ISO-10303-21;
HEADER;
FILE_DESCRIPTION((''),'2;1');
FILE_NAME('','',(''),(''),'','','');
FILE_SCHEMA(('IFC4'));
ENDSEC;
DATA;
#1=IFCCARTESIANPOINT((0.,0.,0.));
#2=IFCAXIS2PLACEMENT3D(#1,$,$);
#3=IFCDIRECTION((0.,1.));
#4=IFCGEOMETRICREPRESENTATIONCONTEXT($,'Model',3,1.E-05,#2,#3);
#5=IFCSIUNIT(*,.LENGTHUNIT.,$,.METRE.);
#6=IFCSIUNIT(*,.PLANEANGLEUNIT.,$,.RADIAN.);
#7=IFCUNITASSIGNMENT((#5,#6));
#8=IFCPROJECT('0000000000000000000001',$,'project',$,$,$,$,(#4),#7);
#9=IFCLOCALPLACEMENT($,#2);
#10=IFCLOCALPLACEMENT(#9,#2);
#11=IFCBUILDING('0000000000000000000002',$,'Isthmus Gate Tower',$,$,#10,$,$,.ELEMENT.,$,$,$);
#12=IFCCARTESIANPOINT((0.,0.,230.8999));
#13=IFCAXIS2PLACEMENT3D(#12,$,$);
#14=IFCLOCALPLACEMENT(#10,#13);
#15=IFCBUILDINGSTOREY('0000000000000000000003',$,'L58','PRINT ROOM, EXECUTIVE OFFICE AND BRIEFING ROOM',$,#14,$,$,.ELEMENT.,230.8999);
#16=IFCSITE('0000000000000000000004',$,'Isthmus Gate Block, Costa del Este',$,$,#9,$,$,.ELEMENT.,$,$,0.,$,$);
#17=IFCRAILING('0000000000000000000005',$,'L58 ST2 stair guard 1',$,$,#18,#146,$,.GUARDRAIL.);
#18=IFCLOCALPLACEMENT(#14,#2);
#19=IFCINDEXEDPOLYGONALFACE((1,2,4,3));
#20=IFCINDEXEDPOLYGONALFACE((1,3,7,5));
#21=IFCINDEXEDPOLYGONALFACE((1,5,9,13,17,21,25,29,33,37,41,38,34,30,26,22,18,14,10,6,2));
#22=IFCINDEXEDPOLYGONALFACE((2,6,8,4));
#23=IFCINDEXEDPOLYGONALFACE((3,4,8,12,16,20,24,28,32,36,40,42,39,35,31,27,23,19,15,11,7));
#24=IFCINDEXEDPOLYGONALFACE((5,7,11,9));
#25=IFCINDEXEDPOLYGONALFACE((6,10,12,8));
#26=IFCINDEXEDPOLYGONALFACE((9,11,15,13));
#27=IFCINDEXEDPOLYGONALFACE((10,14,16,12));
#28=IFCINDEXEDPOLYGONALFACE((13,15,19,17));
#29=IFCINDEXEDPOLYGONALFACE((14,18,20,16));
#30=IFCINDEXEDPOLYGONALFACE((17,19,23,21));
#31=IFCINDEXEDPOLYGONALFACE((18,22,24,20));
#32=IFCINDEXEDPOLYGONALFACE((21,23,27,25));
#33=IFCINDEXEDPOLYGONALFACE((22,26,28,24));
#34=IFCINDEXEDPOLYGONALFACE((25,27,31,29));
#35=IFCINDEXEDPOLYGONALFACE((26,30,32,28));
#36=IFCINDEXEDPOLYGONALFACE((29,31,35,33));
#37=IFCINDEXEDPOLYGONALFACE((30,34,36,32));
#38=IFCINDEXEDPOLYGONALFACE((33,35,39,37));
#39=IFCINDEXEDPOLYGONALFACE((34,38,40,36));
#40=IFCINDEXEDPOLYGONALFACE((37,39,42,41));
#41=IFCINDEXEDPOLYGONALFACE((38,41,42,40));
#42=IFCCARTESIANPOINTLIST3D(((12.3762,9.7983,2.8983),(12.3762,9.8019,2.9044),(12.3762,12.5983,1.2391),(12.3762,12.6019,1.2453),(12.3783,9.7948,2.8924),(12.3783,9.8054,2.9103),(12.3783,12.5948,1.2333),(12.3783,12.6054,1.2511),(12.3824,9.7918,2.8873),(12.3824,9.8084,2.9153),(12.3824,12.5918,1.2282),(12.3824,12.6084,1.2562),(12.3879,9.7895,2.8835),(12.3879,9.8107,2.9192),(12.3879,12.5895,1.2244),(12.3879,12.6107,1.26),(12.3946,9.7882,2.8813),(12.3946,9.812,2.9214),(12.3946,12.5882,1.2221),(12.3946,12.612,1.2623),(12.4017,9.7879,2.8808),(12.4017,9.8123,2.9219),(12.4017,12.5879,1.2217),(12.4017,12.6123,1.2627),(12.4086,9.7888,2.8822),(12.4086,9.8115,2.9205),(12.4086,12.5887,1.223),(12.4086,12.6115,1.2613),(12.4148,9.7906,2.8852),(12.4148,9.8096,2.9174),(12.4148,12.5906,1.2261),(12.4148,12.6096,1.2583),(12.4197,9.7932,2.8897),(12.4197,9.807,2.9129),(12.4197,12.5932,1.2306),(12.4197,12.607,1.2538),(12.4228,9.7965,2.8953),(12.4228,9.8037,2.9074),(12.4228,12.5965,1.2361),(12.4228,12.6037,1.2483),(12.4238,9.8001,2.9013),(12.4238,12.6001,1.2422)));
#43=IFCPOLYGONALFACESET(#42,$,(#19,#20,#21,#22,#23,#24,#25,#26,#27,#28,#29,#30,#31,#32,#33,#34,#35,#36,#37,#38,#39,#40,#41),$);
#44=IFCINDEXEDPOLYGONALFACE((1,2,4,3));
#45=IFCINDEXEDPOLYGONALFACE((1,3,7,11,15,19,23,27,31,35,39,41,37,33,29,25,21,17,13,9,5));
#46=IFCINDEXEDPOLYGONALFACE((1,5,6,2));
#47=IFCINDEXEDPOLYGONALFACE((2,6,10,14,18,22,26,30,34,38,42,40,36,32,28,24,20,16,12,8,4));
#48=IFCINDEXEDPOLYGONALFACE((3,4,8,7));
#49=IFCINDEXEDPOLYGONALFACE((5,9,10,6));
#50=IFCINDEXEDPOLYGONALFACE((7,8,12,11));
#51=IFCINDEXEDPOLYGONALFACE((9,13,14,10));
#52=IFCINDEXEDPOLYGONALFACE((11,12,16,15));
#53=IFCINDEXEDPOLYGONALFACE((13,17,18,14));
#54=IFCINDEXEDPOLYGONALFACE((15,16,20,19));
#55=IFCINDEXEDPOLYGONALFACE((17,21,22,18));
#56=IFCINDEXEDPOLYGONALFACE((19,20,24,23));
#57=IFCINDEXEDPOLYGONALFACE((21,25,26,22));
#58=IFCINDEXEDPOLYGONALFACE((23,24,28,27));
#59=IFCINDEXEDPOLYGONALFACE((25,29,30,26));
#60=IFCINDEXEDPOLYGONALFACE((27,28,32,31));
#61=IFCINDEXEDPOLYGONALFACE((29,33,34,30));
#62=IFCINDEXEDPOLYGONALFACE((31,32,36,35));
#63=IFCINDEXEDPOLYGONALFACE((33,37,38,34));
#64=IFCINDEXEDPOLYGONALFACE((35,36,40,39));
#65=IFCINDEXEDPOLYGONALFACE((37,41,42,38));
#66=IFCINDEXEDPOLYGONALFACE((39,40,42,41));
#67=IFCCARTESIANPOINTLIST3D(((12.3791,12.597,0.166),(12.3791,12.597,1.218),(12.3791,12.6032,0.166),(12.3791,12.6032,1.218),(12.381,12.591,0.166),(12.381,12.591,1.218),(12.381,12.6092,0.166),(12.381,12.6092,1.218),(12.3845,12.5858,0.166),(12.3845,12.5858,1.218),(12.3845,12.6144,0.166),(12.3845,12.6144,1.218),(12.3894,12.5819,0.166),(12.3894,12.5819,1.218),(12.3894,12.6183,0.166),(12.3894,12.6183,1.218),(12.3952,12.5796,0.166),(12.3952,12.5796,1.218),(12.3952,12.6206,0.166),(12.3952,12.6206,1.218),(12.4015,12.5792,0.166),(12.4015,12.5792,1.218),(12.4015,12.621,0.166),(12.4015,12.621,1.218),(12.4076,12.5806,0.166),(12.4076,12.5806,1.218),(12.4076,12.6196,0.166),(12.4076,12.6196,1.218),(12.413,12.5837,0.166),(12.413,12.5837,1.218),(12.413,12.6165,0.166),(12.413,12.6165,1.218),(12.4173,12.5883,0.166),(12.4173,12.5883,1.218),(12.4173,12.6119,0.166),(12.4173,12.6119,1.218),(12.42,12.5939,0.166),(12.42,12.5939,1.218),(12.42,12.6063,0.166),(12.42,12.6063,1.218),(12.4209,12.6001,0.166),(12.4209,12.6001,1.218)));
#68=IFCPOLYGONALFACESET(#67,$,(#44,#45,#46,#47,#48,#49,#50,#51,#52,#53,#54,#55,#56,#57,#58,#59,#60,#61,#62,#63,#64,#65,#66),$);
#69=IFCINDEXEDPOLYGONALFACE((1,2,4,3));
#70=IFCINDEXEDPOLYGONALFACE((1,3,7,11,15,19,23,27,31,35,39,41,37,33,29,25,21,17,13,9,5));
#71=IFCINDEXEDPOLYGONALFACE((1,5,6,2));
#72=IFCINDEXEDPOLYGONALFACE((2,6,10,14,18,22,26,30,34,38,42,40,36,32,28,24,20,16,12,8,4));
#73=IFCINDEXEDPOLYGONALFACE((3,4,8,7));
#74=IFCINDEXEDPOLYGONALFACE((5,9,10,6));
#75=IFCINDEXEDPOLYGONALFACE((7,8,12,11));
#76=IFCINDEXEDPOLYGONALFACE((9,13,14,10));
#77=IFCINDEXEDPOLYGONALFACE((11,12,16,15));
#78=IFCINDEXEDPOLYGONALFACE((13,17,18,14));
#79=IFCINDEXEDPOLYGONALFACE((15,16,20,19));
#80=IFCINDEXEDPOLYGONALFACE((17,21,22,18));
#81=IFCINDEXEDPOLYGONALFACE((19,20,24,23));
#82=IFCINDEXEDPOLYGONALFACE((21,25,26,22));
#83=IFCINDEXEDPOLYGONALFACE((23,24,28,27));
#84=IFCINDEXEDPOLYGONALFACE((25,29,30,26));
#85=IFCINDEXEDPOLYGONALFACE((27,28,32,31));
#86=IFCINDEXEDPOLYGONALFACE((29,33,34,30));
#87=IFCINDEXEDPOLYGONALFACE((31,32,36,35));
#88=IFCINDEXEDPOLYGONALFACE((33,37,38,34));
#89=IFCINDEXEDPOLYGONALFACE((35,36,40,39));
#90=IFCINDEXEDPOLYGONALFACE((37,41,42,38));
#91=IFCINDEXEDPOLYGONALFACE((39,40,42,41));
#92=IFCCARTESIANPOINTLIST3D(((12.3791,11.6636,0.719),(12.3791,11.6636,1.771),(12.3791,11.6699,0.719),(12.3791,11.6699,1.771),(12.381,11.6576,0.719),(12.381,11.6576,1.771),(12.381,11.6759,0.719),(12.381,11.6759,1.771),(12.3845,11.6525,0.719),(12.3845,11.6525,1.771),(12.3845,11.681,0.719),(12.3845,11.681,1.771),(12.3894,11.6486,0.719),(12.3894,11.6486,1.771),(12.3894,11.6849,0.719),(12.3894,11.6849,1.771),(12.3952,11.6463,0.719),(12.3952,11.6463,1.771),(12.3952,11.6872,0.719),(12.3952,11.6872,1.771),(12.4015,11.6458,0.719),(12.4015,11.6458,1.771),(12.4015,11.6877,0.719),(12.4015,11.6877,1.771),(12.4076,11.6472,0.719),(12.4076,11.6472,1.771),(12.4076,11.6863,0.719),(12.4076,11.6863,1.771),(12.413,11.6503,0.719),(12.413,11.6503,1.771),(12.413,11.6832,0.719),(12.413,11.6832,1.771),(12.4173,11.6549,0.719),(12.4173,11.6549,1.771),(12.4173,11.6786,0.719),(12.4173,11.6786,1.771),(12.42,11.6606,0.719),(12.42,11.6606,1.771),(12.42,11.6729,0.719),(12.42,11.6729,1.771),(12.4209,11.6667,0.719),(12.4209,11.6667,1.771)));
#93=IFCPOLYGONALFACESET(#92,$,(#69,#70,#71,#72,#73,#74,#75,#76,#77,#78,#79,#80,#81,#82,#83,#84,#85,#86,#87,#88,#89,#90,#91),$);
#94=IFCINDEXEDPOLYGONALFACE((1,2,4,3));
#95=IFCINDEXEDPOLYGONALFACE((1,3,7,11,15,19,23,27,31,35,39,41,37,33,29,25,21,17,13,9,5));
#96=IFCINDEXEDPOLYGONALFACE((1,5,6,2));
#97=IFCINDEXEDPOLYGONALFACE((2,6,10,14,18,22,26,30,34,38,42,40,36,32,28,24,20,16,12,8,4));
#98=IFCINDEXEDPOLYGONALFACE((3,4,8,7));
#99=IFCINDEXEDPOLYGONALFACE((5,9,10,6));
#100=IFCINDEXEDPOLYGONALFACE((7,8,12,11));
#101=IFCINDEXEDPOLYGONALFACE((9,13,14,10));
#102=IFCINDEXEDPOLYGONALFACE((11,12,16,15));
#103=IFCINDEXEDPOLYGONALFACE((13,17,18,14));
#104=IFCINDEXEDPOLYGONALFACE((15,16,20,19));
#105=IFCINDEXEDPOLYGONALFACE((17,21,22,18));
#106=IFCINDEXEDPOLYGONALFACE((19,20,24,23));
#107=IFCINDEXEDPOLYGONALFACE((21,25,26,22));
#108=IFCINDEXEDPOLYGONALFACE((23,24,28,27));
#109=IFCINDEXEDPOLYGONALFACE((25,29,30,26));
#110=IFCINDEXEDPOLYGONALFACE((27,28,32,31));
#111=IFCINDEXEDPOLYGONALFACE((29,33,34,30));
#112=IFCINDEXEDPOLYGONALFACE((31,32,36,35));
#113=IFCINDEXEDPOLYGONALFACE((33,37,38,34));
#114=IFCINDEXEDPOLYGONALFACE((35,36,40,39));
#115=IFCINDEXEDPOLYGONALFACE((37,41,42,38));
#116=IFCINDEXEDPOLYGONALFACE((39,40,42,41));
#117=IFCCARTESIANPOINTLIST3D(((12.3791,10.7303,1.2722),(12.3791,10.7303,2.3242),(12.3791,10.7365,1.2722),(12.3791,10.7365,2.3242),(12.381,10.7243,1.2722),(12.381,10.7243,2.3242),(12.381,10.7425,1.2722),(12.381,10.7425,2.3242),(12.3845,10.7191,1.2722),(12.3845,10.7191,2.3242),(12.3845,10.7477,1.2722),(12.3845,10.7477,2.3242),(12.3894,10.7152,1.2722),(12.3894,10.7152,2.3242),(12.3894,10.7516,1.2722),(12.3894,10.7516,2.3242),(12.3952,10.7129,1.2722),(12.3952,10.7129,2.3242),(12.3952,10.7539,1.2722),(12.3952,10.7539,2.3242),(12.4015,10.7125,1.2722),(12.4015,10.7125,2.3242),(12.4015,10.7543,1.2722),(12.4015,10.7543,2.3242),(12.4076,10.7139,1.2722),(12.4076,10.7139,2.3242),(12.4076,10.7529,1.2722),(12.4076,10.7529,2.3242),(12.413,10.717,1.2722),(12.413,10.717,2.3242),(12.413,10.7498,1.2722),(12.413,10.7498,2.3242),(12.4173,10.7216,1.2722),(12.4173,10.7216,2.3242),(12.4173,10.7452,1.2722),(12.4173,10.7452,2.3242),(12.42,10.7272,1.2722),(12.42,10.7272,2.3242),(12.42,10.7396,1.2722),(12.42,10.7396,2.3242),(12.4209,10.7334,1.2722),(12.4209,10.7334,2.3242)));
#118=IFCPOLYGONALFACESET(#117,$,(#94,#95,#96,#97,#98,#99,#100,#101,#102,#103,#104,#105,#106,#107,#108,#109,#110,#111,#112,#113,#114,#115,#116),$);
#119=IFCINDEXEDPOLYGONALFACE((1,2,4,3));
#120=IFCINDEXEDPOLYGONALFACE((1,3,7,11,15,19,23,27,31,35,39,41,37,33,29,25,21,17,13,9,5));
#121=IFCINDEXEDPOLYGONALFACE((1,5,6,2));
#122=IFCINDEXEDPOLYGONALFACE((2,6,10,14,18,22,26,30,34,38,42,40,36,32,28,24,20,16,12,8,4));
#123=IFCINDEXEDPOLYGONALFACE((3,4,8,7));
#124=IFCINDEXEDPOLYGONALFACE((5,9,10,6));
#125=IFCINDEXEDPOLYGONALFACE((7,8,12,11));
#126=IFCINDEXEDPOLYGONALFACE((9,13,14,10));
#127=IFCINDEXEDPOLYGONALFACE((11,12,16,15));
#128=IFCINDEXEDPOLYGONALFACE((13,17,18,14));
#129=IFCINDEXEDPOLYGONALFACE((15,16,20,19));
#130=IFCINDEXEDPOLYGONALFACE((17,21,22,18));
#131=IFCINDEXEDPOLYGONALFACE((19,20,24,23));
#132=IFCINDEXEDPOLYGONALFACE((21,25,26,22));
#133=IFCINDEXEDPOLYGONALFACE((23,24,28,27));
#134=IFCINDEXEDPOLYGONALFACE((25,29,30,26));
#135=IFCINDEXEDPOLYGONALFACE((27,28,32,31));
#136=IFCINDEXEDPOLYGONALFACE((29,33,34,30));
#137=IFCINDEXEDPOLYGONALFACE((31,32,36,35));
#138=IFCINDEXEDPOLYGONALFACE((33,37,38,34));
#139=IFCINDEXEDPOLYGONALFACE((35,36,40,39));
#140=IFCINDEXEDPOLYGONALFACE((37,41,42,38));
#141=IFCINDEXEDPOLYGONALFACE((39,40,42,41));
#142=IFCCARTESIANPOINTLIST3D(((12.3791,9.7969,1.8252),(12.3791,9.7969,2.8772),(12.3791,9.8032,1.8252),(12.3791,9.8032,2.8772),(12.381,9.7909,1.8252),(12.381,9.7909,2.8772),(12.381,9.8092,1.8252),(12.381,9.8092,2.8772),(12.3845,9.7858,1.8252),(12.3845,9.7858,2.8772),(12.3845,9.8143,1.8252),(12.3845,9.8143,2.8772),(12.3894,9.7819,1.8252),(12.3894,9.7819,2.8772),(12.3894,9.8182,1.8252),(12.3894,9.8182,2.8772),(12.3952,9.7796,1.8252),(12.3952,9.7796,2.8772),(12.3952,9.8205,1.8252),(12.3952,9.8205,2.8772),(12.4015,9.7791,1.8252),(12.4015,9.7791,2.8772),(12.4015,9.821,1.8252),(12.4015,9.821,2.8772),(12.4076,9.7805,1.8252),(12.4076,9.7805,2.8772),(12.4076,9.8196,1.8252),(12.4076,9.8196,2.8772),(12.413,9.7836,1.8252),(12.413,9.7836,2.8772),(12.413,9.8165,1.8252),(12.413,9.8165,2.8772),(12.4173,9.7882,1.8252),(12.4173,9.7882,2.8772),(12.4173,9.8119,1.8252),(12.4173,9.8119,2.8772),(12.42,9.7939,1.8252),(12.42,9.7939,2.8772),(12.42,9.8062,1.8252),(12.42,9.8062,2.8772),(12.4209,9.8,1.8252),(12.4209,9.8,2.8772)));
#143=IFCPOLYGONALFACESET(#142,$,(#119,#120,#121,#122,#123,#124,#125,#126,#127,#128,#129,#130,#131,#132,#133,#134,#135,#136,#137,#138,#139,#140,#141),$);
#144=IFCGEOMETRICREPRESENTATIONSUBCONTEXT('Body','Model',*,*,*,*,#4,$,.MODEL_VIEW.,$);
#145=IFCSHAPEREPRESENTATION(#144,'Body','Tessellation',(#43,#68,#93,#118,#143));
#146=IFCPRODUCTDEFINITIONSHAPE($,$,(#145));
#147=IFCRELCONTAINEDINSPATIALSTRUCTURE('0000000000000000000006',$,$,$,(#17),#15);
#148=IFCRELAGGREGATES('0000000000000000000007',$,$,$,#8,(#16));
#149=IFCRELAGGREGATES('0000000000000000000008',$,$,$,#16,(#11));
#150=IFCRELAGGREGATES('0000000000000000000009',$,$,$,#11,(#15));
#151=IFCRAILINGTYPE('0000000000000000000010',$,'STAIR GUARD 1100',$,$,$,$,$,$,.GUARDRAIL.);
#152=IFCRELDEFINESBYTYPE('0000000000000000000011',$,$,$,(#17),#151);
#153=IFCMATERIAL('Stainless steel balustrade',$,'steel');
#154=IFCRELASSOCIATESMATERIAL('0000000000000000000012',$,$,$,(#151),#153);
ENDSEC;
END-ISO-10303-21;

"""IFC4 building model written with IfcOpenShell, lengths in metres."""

from ifc_helpers import new_model, si_unit, direction, frame, origin, origin_2d, place, context, subcontext, project, spatial, circle, extrude, material, type_object, element, save


model = new_model("IFC4")

# Units and contexts
model_context = context("Model", 3, precision=1e-05, world=origin(), true_north=direction((0.0, 1.0)))
body_context = subcontext(model_context, "Body", "Model", "MODEL_VIEW")
ifc_project = project(units=[si_unit("LENGTHUNIT", "METRE"), si_unit("PLANEANGLEUNIT", "RADIAN")], contexts=[model_context])

# Site, building, storey
site_placement = place(None, origin())
site = spatial("IfcSite", under=ifc_project, at=site_placement, Name="Isthmus Gate Block, Costa del Este", CompositionType="ELEMENT", RefElevation=0.0)
building_placement = place(site_placement, origin())
building = spatial("IfcBuilding", under=site, at=building_placement, Name="Isthmus Gate Tower", CompositionType="ELEMENT")
storey_placement = place(building_placement, frame((0.0, 0.0, 230.8999)))
storey = spatial("IfcBuildingStorey", under=building, at=storey_placement, Name="L58", Description="PRINT ROOM, EXECUTIVE OFFICE AND BRIEFING ROOM", CompositionType="ELEMENT", Elevation=230.8999)

# Railing
ifc_material_1 = material(Name="Stainless steel balustrade", Category="steel")
railing_type = type_object("IfcRailingType", Name="STAIR GUARD 1100", PredefinedType="GUARDRAIL", material=ifc_material_1)
railing_1_placement = place(storey_placement, frame((12.3999, 12.6001, 0.166)))
element("IfcRailing", 1, at=railing_1_placement, inside=storey, type_object=railing_type, Name="L58 ST2 stair guard 1", PredefinedType="GUARDRAIL", context=body_context, shape_type="SweptSolid", body=[
    extrude(circle(Radius=0.0239, at=origin_2d()), frame((0.0, 0.0, 1.0762), z_axis=(0.0, -0.860306, 0.509778), x_axis=(1.0, 0.0, 0.0)), (0.0, 0.0, 1.0), 3.2546),
    extrude(circle(Radius=0.021, at=origin_2d()), origin(), (0.0, 0.0, 1.0), 1.052),
    extrude(circle(Radius=0.021, at=origin_2d()), frame((0.0, -0.9333, 0.553)), (0.0, 0.0, 1.0), 1.052),
    extrude(circle(Radius=0.021, at=origin_2d()), frame((0.0, -1.8667, 1.1062)), (0.0, 0.0, 1.0), 1.052),
    extrude(circle(Radius=0.021, at=origin_2d()), frame((0.0, -2.8, 1.6592)), (0.0, 0.0, 1.0), 1.052),
])

save(model, "model.ifc")
